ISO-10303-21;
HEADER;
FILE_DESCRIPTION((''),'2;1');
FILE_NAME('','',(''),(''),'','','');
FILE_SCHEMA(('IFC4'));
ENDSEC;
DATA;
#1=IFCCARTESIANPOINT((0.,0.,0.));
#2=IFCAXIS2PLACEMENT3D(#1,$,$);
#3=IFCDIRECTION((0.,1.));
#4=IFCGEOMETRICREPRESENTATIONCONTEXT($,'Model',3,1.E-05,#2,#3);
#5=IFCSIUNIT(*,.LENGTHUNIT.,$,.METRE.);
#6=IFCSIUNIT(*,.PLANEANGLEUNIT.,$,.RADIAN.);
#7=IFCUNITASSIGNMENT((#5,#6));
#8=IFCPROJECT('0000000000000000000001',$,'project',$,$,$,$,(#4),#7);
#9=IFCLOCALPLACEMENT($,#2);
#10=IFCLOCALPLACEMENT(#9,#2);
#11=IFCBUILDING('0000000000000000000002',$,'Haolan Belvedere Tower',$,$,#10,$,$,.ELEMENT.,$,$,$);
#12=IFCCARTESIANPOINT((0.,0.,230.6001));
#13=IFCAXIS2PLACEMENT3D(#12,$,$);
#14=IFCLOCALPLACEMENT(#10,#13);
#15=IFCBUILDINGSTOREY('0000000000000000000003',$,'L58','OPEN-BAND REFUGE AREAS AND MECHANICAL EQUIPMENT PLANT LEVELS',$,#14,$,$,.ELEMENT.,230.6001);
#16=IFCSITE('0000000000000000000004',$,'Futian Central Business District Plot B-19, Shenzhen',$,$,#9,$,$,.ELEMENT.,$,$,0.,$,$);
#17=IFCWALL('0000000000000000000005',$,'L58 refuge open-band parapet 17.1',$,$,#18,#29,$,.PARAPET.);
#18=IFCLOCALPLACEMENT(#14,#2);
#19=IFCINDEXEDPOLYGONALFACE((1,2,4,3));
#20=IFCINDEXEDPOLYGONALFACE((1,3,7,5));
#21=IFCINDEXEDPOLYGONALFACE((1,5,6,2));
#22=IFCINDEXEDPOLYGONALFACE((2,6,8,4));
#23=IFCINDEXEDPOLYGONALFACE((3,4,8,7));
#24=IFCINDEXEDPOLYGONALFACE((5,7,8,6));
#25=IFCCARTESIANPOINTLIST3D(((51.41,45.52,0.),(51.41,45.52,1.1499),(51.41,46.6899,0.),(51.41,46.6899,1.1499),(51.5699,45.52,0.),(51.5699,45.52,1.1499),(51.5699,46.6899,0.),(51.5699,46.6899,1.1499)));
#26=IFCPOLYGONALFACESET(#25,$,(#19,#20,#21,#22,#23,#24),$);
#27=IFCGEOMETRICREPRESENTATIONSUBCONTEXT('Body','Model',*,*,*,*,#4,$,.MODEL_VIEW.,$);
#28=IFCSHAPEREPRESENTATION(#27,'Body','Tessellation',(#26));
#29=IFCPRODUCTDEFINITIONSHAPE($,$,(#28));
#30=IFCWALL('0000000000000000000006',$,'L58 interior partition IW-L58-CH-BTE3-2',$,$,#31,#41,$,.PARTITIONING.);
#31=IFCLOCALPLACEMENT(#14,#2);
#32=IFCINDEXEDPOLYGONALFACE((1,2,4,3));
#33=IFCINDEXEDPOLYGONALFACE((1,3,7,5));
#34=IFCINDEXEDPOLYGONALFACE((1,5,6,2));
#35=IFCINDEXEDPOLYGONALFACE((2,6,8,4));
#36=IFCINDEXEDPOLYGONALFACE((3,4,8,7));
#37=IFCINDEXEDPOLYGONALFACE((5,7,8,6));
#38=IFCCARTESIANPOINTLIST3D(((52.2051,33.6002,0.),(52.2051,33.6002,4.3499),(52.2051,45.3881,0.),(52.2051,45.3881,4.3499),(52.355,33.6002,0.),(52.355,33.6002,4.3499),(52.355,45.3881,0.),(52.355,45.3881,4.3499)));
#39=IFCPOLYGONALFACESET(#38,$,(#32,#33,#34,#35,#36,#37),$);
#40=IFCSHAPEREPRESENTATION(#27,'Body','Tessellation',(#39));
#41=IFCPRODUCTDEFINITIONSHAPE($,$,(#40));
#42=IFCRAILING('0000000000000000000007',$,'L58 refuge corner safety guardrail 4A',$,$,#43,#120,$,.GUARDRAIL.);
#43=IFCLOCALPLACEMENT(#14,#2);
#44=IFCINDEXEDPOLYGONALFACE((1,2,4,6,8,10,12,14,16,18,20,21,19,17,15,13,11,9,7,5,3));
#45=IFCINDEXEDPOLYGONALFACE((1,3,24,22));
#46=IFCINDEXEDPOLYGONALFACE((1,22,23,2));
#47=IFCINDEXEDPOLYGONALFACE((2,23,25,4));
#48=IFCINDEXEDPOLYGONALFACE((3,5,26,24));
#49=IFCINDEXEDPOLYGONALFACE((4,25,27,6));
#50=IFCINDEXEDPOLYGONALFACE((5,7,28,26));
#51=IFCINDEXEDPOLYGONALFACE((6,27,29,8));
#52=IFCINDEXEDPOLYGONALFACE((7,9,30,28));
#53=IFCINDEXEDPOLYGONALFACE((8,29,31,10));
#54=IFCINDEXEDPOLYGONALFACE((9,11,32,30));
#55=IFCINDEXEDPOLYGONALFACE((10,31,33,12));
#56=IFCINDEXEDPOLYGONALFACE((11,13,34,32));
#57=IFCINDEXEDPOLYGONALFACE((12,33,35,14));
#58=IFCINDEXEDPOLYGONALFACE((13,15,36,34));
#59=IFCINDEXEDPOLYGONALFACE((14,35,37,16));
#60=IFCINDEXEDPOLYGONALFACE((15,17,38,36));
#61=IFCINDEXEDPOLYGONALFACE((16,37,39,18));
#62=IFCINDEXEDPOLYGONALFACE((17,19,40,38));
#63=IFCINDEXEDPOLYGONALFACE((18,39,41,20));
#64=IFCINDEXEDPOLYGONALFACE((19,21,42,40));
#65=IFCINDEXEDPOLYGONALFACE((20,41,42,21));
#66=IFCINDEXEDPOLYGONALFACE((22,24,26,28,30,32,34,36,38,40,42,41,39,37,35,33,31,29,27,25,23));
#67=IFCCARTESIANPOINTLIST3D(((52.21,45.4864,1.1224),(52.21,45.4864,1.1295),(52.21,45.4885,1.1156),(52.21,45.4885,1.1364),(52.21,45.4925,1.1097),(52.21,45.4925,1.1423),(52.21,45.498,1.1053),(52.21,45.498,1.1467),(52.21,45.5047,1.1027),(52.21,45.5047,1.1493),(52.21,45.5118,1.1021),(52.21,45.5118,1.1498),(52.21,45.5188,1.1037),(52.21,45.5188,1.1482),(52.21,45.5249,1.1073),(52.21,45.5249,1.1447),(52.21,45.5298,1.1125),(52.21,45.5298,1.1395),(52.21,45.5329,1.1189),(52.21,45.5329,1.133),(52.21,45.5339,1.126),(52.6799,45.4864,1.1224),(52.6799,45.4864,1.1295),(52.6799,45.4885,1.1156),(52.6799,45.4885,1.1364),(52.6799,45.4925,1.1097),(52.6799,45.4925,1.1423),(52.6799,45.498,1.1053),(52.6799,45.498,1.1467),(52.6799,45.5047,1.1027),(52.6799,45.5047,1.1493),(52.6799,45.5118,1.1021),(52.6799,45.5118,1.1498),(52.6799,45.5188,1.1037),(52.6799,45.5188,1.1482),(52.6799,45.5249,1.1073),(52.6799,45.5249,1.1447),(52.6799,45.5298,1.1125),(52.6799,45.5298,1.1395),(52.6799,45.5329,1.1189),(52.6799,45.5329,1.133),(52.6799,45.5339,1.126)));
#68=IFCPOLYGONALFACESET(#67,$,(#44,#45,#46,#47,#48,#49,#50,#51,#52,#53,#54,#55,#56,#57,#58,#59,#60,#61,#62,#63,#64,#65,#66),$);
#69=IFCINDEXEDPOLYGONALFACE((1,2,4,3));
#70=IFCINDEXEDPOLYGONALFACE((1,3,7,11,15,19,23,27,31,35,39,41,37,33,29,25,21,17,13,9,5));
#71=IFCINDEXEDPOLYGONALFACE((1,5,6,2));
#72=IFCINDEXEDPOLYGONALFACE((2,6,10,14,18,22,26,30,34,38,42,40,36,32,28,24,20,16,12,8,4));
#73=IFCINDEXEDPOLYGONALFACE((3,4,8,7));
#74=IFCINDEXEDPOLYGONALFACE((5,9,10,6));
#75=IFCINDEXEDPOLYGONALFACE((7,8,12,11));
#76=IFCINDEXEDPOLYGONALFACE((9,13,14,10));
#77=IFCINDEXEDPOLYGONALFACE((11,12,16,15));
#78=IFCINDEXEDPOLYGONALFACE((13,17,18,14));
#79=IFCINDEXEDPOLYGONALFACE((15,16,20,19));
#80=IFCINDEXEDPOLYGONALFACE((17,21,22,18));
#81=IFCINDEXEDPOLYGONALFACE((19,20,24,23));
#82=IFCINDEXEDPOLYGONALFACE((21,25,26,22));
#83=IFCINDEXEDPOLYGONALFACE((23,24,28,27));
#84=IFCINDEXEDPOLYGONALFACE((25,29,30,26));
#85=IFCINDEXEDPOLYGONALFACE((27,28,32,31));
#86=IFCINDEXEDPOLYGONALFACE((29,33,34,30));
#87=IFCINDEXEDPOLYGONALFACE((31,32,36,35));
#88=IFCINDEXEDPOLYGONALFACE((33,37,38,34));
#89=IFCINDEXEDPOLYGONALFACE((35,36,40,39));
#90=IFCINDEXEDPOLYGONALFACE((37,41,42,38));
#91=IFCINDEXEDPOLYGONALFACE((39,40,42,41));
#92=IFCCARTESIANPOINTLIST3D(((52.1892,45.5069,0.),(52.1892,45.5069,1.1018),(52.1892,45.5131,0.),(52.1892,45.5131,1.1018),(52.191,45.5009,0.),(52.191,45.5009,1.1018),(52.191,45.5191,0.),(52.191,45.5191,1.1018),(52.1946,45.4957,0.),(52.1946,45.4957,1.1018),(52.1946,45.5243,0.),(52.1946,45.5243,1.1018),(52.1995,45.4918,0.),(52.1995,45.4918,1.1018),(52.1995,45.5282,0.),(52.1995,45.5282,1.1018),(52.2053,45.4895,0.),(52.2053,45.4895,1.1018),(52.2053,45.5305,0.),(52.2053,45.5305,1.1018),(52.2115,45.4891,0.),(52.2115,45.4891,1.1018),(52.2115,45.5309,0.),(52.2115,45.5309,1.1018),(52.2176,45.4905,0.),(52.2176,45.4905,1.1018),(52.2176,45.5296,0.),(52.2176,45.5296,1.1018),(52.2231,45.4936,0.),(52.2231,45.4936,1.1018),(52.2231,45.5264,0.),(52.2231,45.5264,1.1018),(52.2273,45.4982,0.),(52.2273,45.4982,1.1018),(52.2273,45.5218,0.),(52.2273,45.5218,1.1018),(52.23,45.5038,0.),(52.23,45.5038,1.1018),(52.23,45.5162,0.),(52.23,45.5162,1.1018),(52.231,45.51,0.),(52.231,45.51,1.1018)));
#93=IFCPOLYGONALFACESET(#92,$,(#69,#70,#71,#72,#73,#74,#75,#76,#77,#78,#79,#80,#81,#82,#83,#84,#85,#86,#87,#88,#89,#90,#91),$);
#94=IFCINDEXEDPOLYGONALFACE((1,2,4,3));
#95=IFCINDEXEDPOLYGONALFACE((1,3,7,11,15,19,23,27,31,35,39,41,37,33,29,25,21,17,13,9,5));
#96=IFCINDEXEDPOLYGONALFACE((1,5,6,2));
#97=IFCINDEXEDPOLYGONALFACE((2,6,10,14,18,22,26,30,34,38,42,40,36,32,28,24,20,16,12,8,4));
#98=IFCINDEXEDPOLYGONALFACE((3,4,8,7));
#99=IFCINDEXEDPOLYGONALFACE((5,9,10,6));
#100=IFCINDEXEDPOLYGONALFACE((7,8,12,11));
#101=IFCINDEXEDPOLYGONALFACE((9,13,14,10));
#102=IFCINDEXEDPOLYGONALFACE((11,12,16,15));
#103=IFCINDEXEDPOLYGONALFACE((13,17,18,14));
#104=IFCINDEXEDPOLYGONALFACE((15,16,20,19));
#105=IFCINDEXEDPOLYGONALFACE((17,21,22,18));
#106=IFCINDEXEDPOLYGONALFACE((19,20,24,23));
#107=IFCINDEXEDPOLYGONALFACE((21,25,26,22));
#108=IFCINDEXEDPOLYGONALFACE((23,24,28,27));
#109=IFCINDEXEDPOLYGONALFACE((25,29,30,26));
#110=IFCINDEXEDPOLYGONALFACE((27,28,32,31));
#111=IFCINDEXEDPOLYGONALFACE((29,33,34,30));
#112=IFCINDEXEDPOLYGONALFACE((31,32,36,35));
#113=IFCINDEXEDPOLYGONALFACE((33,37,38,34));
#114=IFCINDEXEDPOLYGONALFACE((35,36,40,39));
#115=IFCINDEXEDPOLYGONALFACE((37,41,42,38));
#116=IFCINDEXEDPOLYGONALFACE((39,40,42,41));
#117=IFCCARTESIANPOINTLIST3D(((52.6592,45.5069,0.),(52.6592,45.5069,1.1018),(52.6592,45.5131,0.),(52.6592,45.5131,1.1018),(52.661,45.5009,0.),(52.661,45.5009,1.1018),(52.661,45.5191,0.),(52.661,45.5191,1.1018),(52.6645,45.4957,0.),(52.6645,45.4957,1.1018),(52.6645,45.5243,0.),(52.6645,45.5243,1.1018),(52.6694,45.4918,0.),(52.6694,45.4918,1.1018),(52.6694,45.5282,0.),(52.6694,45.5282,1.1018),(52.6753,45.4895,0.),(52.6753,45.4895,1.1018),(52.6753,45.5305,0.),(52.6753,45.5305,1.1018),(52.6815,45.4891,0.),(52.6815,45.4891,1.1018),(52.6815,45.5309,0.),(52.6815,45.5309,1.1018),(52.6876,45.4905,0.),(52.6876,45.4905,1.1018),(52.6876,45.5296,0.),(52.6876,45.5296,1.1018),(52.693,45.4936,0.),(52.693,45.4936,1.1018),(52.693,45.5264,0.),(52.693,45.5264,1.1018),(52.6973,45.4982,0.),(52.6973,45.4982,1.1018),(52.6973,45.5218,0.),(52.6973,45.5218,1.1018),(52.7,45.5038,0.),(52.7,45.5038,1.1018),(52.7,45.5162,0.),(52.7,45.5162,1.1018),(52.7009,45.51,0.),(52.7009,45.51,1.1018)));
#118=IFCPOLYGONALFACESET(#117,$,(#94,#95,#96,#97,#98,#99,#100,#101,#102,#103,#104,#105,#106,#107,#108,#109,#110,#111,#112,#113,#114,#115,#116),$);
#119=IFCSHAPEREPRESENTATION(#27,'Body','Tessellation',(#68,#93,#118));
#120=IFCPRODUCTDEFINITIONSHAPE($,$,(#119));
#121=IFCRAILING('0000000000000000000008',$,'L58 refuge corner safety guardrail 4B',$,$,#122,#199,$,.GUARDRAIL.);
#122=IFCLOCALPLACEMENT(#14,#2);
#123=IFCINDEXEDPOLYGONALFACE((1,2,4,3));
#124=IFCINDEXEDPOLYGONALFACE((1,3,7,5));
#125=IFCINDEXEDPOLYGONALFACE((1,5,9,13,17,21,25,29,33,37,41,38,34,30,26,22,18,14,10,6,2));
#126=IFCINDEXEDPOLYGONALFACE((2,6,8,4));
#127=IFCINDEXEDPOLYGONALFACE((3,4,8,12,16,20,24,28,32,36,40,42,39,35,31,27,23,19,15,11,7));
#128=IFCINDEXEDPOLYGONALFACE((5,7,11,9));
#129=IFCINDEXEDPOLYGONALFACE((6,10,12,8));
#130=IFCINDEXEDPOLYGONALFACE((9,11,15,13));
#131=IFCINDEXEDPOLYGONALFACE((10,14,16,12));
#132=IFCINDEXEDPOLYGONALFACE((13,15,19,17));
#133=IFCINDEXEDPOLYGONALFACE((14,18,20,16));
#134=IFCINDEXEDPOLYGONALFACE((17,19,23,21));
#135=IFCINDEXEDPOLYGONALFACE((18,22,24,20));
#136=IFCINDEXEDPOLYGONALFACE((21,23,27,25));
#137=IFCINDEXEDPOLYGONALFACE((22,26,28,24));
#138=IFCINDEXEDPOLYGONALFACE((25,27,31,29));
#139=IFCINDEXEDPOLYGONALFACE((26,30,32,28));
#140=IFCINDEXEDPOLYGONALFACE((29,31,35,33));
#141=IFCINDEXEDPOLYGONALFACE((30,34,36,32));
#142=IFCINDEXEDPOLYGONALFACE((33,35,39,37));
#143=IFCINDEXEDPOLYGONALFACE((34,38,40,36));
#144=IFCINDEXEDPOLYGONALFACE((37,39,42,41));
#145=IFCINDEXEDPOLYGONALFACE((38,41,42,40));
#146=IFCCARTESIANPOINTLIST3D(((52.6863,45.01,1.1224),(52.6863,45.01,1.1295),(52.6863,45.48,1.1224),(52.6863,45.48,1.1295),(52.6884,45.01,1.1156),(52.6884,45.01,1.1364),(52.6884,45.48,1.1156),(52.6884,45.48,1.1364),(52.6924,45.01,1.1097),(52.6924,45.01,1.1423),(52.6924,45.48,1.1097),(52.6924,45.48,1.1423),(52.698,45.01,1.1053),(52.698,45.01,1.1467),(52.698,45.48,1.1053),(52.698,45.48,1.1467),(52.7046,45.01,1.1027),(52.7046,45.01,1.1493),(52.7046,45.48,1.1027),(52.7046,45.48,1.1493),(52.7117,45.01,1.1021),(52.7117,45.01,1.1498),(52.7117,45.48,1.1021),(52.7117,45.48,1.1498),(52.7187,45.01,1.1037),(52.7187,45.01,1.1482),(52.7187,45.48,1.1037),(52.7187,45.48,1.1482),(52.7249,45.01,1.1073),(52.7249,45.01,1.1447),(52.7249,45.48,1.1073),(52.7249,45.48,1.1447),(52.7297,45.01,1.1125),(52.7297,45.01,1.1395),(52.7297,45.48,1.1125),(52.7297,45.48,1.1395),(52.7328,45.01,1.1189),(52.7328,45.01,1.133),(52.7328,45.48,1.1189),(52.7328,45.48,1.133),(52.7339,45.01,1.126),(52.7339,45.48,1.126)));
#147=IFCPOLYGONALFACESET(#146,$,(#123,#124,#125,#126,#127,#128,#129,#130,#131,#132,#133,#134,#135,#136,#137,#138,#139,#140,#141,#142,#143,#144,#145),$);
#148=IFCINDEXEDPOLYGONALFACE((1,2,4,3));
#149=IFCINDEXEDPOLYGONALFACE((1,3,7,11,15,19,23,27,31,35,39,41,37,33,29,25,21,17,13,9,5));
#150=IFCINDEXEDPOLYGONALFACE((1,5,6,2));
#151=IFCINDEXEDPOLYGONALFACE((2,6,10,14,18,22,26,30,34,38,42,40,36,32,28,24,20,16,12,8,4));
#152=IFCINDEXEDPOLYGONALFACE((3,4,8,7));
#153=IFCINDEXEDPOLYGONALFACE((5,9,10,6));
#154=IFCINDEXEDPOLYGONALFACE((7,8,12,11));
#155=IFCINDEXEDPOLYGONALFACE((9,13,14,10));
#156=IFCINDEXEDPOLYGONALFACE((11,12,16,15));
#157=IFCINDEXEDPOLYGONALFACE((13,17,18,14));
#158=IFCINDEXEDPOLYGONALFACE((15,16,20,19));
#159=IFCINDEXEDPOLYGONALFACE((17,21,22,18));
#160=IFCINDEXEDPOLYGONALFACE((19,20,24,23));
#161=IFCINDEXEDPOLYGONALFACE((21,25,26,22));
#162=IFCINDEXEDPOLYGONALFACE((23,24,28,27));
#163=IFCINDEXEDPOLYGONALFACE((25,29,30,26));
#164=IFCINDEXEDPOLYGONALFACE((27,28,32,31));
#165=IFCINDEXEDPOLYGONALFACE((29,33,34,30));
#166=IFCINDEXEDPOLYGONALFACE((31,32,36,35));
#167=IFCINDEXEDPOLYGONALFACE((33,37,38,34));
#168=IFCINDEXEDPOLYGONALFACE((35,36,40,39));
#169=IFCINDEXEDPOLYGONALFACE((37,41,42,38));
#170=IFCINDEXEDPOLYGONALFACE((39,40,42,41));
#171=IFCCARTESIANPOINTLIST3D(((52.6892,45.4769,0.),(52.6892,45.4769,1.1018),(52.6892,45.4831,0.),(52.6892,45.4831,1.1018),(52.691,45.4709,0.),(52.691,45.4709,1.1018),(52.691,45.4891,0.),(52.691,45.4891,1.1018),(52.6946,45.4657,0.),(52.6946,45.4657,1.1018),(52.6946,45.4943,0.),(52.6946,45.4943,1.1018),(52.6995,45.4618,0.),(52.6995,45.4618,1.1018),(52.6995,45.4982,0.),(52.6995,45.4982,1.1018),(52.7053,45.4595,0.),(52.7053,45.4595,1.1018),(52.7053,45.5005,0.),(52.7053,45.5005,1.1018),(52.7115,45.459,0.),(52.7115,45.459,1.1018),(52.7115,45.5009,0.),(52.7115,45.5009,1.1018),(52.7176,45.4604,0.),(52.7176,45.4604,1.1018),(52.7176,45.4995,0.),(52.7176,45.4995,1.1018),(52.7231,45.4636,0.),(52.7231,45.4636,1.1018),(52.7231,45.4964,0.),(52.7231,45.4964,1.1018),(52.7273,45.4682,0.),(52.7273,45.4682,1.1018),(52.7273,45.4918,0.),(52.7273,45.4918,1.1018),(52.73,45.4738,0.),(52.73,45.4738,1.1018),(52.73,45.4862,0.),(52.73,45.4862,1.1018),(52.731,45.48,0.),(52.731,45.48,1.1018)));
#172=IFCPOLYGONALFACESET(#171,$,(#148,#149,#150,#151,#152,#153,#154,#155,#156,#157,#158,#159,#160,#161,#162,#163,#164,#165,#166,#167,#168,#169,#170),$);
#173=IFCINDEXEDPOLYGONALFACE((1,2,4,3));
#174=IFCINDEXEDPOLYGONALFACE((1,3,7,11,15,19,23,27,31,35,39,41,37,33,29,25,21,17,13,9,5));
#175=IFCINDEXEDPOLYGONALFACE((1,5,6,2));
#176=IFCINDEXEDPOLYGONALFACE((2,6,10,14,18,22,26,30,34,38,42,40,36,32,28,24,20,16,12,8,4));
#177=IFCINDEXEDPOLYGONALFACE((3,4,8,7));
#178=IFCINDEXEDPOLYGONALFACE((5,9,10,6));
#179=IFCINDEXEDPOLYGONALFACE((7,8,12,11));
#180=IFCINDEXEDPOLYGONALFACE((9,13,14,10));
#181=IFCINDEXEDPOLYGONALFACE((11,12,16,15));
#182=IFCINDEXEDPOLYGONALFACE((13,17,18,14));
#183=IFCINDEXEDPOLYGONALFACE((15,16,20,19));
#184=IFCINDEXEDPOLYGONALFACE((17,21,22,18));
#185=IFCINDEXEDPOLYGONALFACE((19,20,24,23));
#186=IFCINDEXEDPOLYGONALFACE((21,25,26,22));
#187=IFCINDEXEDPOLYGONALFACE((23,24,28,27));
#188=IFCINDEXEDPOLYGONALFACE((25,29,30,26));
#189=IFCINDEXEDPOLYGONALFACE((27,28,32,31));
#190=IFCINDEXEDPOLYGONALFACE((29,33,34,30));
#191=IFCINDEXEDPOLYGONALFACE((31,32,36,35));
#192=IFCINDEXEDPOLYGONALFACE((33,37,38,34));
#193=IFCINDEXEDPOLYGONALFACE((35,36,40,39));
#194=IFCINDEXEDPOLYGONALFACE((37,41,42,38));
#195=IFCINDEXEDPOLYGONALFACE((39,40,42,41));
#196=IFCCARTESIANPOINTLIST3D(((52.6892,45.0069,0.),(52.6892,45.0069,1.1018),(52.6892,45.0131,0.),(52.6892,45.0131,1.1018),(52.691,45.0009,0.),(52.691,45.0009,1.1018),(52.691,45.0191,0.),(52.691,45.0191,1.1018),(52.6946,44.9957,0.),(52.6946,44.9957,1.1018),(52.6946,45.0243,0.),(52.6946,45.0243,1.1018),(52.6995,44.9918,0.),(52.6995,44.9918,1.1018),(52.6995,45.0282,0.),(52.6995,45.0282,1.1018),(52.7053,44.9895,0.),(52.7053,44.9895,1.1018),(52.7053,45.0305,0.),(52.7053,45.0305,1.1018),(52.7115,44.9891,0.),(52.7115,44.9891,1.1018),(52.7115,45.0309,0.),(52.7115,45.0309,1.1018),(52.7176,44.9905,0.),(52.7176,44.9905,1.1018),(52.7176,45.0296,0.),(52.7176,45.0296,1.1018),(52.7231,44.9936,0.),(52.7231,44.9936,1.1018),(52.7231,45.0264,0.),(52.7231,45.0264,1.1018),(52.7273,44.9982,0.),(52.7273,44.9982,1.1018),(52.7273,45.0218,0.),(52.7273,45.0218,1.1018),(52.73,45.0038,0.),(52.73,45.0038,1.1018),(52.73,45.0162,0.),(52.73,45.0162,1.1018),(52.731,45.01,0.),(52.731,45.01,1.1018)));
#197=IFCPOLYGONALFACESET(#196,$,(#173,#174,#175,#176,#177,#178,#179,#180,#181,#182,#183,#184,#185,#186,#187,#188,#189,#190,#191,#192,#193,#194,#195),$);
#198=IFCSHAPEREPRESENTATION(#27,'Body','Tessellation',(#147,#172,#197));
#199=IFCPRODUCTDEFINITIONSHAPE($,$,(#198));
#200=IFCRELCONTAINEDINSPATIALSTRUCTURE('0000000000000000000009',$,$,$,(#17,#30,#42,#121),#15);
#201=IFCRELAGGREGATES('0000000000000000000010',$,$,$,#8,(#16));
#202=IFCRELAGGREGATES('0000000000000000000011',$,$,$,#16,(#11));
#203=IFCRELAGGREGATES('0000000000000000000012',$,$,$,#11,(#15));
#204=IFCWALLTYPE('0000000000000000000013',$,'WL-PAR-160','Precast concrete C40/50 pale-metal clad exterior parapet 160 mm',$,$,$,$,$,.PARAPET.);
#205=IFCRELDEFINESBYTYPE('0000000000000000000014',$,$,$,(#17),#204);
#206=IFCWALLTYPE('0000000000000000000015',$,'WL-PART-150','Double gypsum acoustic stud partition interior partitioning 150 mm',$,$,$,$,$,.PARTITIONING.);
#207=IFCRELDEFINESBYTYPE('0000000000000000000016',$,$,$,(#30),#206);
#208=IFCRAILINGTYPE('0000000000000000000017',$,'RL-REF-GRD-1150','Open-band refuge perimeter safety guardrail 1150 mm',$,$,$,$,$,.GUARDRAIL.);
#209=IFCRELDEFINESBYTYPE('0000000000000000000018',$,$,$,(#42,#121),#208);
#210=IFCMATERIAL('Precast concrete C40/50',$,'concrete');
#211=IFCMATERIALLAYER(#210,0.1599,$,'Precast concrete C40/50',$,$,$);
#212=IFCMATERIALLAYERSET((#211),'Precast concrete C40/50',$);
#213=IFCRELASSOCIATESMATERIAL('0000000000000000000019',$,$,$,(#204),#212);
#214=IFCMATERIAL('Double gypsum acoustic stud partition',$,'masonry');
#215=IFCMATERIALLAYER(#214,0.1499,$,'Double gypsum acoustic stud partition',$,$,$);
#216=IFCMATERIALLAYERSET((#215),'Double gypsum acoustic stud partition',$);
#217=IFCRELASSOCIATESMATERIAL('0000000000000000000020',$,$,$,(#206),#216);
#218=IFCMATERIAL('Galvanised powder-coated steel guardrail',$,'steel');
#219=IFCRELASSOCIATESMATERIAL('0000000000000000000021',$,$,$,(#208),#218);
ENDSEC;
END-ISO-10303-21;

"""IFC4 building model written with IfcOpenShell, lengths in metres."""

from ifc_helpers import new_model, si_unit, direction, frame, frame_2d, origin, origin_2d, place, context, subcontext, project, spatial, rectangle, circle, extrude, material, layer, layer_set, type_object, element, save


model = new_model("IFC4")

# Units and contexts
model_context = context("Model", 3, precision=1e-05, world=origin(), true_north=direction((0.0, 1.0)))
body_context = subcontext(model_context, "Body", "Model", "MODEL_VIEW")
ifc_project = project(units=[si_unit("LENGTHUNIT", "METRE"), si_unit("PLANEANGLEUNIT", "RADIAN")], contexts=[model_context])

# Site, building, storey
site_placement = place(None, origin())
site = spatial("IfcSite", under=ifc_project, at=site_placement, Name="Futian Central Business District Plot B-19, Shenzhen", CompositionType="ELEMENT", RefElevation=0.0)
building_placement = place(site_placement, origin())
building = spatial("IfcBuilding", under=site, at=building_placement, Name="Haolan Belvedere Tower", CompositionType="ELEMENT")
storey_placement = place(building_placement, frame((0.0, 0.0, 230.6001)))
storey = spatial("IfcBuildingStorey", under=building, at=storey_placement, Name="L58", Description="OPEN-BAND REFUGE AREAS AND MECHANICAL EQUIPMENT PLANT LEVELS", CompositionType="ELEMENT", Elevation=230.6001)

# Walls
ifc_material_1 = material(Name="Precast concrete C40/50", Category="concrete")
ifc_layer_1 = layer(ifc_material_1, 0.1599, Name="Precast concrete C40/50")
ifc_layer_set_1 = layer_set([ifc_layer_1], Name="Precast concrete C40/50")
wall_type_1 = type_object("IfcWallType", Name="WL-PAR-160", Description="Precast concrete C40/50 pale-metal clad exterior parapet 160 mm", PredefinedType="PARAPET", material=ifc_layer_set_1)
wall_1_placement = place(storey_placement, frame((51.49, 45.52, 0.0), z_axis=(0.0, 0.0, 1.0), x_axis=(0.0, 1.0, 0.0)))
element("IfcWall", 1, at=wall_1_placement, inside=storey, type_object=wall_type_1, Name="L58 refuge open-band parapet 17.1", PredefinedType="PARAPET", context=body_context, shape_type="SweptSolid", body=[
    extrude(rectangle(XDim=1.1699, YDim=0.1599, at=frame_2d((0.585, 0.0))), origin(), (0.0, 0.0, 1.0), 1.1499),
])
ifc_material_2 = material(Name="Double gypsum acoustic stud partition", Category="masonry")
ifc_layer_2 = layer(ifc_material_2, 0.1499, Name="Double gypsum acoustic stud partition")
ifc_layer_set_2 = layer_set([ifc_layer_2], Name="Double gypsum acoustic stud partition")
wall_type_2 = type_object("IfcWallType", Name="WL-PART-150", Description="Double gypsum acoustic stud partition interior partitioning 150 mm", PredefinedType="PARTITIONING", material=ifc_layer_set_2)
wall_2_placement = place(storey_placement, frame((52.28, 33.6001, 0.0), z_axis=(0.0, 0.0, 1.0), x_axis=(0.0, 1.0, 0.0)))
element("IfcWall", 2, at=wall_2_placement, inside=storey, type_object=wall_type_2, Name="L58 interior partition IW-L58-CH-BTE3-2", PredefinedType="PARTITIONING", context=body_context, shape_type="SweptSolid", body=[
    extrude(rectangle(XDim=11.7878, YDim=0.1499, at=frame_2d((5.894, 0.0))), origin(), (0.0, 0.0, 1.0), 4.3499),
])

# Railings
ifc_material_3 = material(Name="Galvanised powder-coated steel guardrail", Category="steel")
railing_type = type_object("IfcRailingType", Name="RL-REF-GRD-1150", Description="Open-band refuge perimeter safety guardrail 1150 mm", PredefinedType="GUARDRAIL", material=ifc_material_3)
railing_1_placement = place(storey_placement, frame((52.21, 45.51, 0.0)))
element("IfcRailing", 3, at=railing_1_placement, inside=storey, type_object=railing_type, Name="L58 refuge corner safety guardrail 4A", PredefinedType="GUARDRAIL", context=body_context, shape_type="SweptSolid", body=[
    extrude(circle(Radius=0.0239, at=origin_2d()), frame((0.0, 0.0, 1.126), z_axis=(1.0, 0.0, 0.0), x_axis=(0.0, 1.0, 0.0)), (0.0, 0.0, 1.0), 0.47),
    extrude(circle(Radius=0.021, at=origin_2d()), origin(), (0.0, 0.0, 1.0), 1.1018),
    extrude(circle(Radius=0.021, at=origin_2d()), frame((0.47, 0.0, 0.0)), (0.0, 0.0, 1.0), 1.1018),
])
railing_2_placement = place(storey_placement, frame((52.71, 45.48, 0.0)))
element("IfcRailing", 4, at=railing_2_placement, inside=storey, type_object=railing_type, Name="L58 refuge corner safety guardrail 4B", PredefinedType="GUARDRAIL", context=body_context, shape_type="SweptSolid", body=[
    extrude(circle(Radius=0.0239, at=origin_2d()), frame((0.0, 0.0, 1.126), z_axis=(0.0, -1.0, 0.0), x_axis=(1.0, 0.0, 0.0)), (0.0, 0.0, 1.0), 0.47),
    extrude(circle(Radius=0.021, at=origin_2d()), origin(), (0.0, 0.0, 1.0), 1.1018),
    extrude(circle(Radius=0.021, at=origin_2d()), frame((0.0, -0.47, 0.0)), (0.0, 0.0, 1.0), 1.1018),
])

save(model, "model.ifc")
